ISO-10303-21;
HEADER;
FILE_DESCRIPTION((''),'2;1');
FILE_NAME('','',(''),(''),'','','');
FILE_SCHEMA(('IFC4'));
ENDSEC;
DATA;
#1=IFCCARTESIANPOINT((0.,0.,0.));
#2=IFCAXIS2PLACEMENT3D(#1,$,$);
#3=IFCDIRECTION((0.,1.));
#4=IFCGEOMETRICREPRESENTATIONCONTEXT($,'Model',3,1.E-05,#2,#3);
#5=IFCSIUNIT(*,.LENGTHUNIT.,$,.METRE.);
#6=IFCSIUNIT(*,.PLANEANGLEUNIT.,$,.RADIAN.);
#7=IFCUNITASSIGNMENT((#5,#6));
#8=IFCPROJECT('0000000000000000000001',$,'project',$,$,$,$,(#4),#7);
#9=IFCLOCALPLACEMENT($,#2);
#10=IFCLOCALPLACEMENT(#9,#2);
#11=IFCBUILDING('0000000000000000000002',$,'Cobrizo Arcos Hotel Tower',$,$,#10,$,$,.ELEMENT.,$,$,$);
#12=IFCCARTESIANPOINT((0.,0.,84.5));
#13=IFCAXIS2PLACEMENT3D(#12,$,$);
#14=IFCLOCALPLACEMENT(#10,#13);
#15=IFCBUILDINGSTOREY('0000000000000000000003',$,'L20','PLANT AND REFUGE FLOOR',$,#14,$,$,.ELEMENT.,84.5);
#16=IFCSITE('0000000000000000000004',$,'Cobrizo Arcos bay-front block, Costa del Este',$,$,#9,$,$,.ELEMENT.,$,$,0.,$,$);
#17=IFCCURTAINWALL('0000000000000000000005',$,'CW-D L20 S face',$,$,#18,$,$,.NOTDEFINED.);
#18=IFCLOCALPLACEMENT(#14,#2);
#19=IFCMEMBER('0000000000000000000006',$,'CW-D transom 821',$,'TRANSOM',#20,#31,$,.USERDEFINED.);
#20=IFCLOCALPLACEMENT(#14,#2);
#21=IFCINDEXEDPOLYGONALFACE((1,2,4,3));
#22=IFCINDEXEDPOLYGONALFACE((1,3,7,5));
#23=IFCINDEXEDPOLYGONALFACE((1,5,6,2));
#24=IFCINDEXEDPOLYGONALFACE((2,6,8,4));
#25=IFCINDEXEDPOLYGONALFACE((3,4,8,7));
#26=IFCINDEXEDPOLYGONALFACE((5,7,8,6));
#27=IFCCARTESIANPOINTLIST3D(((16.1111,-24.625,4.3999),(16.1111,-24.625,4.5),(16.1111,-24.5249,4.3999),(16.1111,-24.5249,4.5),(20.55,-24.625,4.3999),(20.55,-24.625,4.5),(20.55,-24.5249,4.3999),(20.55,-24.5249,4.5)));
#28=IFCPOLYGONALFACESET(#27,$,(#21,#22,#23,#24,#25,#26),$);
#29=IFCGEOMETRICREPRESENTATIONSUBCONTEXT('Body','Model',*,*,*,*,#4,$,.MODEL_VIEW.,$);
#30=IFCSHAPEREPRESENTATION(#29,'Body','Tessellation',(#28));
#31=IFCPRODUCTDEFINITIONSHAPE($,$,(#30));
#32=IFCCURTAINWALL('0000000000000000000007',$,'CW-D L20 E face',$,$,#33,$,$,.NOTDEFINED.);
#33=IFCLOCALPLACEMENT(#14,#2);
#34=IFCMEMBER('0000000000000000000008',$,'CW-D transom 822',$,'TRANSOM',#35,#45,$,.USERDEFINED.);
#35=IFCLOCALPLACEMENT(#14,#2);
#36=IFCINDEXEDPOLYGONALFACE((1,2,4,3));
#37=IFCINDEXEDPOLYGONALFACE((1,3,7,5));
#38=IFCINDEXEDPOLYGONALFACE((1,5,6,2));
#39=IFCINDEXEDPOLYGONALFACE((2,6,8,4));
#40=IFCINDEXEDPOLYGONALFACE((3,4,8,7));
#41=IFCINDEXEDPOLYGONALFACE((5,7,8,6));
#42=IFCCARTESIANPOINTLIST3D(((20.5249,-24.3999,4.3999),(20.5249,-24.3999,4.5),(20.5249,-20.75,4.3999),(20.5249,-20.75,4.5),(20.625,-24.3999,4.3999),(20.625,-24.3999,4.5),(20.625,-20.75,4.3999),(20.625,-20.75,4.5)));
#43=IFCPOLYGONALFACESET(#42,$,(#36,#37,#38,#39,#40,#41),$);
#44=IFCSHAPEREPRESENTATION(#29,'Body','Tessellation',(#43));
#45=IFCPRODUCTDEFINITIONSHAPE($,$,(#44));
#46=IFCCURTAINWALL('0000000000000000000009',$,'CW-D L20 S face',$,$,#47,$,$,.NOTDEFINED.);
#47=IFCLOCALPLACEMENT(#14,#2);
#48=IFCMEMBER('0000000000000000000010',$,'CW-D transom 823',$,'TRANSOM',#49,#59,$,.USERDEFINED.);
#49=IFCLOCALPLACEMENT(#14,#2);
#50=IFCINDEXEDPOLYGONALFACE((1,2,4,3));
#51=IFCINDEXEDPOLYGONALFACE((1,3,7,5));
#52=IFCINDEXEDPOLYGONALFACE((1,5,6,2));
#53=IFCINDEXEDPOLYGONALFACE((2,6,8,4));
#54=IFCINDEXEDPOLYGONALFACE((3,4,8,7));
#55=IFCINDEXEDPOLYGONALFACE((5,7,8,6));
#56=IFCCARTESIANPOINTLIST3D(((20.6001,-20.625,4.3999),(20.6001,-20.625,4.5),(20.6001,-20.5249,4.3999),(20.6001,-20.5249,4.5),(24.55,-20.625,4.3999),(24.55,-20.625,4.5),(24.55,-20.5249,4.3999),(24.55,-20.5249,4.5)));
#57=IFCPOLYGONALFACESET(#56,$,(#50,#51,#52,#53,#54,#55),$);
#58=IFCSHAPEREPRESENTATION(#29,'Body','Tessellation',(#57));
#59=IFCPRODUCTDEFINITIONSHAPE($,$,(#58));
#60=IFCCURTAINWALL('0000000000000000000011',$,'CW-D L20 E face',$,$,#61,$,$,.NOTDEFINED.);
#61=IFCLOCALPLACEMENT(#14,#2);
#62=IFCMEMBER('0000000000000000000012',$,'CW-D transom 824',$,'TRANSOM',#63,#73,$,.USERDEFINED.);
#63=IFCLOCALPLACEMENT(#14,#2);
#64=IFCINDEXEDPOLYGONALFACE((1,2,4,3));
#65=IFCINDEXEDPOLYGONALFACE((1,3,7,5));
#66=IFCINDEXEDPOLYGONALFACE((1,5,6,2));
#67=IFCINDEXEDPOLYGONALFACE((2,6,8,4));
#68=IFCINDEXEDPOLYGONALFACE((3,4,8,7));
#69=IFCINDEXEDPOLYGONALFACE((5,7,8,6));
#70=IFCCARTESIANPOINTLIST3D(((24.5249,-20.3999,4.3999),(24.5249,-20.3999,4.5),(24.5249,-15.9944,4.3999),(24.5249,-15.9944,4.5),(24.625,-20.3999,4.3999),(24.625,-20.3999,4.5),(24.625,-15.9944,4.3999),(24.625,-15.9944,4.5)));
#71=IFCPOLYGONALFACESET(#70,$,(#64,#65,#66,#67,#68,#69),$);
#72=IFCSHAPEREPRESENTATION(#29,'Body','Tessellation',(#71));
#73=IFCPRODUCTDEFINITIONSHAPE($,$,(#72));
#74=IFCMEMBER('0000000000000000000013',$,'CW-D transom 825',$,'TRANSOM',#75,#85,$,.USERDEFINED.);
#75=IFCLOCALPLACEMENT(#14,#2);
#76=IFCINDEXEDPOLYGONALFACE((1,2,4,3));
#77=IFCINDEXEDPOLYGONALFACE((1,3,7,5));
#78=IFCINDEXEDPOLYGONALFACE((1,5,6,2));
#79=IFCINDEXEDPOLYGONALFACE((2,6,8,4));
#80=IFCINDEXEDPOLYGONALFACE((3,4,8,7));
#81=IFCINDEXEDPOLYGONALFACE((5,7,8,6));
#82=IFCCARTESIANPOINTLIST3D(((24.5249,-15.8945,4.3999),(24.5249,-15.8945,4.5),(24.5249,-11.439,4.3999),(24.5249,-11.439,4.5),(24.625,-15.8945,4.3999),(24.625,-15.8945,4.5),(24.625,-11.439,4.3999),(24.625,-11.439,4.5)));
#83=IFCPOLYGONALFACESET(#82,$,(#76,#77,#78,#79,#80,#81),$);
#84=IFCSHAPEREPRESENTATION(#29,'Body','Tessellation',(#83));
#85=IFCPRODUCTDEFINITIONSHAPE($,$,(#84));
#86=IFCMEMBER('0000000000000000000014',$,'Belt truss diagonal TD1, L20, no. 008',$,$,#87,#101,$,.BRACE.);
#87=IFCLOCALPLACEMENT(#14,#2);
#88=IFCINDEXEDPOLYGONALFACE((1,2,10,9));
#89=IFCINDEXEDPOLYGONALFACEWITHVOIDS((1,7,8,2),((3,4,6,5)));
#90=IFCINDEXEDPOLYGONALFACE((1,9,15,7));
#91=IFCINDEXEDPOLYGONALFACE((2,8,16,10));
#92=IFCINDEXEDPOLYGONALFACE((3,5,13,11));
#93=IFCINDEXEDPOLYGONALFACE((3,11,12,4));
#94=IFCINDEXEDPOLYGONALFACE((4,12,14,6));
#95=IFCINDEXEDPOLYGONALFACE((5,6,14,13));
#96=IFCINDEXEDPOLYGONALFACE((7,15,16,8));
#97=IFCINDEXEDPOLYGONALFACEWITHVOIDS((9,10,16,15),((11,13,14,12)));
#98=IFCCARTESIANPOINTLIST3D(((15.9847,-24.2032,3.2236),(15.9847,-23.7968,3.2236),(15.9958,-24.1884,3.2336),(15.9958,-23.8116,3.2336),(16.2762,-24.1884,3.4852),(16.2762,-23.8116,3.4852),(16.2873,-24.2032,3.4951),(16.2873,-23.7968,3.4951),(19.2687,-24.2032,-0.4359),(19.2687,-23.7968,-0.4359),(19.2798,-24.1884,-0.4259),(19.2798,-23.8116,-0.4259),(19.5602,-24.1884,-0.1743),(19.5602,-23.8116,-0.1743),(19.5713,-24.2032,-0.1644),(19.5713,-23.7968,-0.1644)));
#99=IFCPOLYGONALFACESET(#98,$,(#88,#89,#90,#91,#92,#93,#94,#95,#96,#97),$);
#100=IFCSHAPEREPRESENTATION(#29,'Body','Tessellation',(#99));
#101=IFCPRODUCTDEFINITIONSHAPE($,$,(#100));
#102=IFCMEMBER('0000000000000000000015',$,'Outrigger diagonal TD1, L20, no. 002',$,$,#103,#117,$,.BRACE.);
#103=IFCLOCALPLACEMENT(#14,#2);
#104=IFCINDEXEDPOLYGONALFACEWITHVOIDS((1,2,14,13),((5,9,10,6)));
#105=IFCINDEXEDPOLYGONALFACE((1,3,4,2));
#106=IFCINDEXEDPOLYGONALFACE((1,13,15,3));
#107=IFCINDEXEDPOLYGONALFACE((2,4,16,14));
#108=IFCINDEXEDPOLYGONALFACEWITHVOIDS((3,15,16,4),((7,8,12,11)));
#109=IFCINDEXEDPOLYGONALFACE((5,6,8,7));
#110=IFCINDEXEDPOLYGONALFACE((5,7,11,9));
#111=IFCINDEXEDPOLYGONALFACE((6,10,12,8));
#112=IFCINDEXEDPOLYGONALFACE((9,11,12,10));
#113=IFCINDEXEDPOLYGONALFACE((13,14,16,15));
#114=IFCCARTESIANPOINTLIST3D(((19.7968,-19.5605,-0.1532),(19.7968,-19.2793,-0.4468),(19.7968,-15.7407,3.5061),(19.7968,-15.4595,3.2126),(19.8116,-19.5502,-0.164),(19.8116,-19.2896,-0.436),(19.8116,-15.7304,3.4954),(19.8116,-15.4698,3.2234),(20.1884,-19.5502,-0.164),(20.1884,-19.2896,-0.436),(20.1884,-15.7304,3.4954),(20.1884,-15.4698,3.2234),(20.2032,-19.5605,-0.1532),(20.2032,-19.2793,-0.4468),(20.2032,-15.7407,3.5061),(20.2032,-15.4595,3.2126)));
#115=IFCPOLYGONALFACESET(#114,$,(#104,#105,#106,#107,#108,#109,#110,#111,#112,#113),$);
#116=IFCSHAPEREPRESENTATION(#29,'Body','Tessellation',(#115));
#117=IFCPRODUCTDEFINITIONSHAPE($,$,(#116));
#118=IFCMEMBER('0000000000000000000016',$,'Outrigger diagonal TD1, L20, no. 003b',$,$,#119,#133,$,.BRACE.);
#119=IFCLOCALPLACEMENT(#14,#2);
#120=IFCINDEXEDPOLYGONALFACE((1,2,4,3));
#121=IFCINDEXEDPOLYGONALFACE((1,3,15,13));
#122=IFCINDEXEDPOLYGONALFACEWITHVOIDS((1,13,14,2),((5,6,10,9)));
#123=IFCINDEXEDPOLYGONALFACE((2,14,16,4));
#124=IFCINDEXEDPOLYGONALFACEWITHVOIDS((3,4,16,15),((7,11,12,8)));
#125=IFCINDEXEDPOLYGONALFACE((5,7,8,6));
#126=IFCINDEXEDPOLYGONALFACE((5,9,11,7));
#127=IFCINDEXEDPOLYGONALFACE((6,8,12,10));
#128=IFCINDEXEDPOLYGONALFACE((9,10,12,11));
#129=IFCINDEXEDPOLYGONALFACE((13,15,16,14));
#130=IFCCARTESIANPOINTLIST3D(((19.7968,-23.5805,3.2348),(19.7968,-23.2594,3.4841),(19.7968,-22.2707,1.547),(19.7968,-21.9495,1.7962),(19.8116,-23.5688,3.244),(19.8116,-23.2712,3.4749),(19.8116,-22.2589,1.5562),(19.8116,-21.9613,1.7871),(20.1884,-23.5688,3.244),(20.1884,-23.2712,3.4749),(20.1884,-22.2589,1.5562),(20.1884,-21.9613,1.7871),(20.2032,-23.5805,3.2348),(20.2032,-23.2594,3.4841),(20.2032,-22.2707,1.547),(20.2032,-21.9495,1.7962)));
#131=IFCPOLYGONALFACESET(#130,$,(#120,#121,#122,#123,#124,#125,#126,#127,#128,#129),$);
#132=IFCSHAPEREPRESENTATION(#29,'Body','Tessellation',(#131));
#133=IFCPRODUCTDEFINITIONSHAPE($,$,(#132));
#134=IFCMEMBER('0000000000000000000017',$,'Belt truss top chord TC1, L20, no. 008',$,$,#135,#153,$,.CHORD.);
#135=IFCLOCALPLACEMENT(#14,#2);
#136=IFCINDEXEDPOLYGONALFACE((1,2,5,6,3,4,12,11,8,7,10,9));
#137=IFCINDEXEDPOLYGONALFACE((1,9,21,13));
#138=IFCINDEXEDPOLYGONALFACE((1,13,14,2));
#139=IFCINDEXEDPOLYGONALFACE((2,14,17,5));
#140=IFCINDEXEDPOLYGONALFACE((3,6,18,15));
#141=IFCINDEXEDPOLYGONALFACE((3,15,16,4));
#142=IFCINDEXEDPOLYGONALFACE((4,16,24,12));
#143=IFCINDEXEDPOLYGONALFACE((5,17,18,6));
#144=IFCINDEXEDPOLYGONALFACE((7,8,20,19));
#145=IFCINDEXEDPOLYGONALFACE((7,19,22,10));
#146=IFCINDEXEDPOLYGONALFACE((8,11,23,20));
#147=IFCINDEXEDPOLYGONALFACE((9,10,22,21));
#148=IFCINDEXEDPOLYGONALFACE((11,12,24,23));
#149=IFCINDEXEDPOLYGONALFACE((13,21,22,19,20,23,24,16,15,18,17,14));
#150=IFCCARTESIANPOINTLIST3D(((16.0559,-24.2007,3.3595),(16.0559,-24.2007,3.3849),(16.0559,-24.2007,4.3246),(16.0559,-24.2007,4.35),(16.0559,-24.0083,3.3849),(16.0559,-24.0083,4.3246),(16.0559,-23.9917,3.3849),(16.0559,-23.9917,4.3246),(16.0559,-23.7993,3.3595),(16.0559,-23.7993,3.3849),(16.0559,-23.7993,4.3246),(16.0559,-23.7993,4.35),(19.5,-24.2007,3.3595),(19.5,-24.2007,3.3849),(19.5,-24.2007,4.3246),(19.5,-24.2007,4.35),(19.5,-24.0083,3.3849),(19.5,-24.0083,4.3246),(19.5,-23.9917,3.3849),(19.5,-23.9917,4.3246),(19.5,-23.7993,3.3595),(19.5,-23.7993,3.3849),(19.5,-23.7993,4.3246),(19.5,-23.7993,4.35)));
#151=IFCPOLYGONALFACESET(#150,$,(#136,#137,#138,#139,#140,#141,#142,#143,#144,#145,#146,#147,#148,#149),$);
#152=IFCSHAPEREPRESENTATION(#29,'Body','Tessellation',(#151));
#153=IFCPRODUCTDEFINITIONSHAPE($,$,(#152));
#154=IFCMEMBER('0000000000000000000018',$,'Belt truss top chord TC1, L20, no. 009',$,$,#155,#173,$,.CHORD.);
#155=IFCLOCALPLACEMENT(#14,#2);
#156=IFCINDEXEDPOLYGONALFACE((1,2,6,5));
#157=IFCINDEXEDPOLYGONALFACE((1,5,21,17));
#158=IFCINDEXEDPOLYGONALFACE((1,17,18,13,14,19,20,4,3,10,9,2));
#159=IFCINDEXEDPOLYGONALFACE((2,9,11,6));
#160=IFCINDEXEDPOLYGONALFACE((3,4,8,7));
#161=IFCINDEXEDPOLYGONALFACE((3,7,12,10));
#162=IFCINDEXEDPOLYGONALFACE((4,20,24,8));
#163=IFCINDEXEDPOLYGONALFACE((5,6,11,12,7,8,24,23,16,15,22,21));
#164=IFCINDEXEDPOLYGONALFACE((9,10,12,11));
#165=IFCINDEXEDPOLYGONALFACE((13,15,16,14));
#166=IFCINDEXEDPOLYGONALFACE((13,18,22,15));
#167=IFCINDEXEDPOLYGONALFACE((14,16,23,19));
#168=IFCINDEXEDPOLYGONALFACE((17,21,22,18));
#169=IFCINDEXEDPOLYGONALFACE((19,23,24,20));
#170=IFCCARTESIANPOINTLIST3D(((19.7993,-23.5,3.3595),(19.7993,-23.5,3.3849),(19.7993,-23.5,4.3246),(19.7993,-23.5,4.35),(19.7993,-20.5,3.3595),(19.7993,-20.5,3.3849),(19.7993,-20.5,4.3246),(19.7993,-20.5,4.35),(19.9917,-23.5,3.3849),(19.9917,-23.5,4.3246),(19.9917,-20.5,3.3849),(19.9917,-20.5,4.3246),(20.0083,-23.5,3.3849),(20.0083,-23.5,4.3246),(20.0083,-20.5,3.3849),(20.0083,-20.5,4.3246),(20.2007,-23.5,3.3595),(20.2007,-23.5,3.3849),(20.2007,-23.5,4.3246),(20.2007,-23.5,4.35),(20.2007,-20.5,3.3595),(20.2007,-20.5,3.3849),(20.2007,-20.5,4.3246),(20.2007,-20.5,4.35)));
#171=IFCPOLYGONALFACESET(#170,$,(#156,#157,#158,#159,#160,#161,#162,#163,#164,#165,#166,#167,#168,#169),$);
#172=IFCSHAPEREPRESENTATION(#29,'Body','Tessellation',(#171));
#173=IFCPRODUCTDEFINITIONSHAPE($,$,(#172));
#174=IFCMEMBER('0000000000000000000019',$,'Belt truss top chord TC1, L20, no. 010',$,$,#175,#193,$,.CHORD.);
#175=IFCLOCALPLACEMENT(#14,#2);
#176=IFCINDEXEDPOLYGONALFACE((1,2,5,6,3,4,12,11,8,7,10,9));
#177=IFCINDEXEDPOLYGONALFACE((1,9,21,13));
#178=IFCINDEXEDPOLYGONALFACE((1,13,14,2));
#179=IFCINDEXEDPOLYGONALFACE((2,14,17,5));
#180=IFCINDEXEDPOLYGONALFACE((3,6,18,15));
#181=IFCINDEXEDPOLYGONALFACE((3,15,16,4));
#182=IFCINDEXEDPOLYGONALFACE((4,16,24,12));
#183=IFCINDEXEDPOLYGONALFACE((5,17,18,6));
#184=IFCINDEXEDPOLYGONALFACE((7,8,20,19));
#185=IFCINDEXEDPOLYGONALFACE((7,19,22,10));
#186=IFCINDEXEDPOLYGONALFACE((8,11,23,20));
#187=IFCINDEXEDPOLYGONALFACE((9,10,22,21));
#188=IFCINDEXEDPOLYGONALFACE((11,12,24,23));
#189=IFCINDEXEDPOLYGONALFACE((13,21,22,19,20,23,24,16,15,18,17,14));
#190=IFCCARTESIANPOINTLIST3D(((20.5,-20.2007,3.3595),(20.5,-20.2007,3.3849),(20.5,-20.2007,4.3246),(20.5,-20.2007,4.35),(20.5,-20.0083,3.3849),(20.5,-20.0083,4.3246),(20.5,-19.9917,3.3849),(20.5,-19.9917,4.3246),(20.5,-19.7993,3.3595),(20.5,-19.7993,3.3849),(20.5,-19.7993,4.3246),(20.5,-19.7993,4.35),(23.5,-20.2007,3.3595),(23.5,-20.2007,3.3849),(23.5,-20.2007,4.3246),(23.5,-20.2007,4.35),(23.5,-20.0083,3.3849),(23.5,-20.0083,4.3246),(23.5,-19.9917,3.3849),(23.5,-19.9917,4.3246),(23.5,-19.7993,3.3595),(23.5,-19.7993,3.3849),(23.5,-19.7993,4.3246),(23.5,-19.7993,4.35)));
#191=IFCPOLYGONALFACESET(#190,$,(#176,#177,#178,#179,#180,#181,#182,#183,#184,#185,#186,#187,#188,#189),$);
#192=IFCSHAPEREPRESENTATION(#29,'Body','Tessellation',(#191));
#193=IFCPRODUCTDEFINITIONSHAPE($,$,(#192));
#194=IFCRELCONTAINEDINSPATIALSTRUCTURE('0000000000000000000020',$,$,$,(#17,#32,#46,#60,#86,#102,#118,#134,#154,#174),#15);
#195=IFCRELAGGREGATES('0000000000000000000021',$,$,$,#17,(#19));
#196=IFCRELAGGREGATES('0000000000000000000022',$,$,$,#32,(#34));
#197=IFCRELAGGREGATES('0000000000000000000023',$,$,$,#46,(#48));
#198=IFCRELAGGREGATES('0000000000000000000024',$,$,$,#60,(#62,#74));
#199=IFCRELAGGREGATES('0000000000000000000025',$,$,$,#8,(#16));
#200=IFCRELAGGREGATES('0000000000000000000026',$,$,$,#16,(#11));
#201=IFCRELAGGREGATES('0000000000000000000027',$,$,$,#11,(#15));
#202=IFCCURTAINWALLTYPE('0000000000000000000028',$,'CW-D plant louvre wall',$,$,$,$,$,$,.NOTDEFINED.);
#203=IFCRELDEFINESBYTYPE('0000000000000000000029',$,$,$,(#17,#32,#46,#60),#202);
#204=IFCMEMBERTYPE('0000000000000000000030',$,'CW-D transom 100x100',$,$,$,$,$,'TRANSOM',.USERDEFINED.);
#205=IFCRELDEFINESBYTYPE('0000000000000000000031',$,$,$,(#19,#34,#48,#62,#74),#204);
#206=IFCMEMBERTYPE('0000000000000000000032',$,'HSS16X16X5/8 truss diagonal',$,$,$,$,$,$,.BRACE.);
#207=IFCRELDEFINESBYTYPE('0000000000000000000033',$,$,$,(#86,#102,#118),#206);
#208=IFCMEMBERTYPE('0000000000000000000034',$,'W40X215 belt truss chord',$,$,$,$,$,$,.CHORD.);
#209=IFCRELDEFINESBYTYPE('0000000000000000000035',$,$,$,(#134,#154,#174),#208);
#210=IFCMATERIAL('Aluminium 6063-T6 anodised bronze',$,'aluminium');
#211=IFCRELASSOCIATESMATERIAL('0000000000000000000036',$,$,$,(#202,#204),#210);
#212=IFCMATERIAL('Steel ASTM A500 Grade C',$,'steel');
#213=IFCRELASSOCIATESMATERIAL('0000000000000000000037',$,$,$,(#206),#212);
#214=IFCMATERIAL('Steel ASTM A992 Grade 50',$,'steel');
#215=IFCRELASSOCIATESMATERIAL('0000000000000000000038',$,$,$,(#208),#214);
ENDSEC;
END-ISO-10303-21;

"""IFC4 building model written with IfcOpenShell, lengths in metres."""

from ifc_helpers import new_model, si_unit, direction, frame, origin, origin_2d, place, context, subcontext, project, spatial, rectangle, hollow_rectangle, i_section, extrude, material, material_profile, profile_set, type_object, element, aggregate, save


model = new_model("IFC4")

# Units and contexts
model_context = context("Model", 3, precision=1e-05, world=origin(), true_north=direction((0.0, 1.0)))
body_context = subcontext(model_context, "Body", "Model", "MODEL_VIEW")
ifc_project = project(units=[si_unit("LENGTHUNIT", "METRE"), si_unit("PLANEANGLEUNIT", "RADIAN")], contexts=[model_context])

# Site, building, storey
site_placement = place(None, origin())
site = spatial("IfcSite", under=ifc_project, at=site_placement, Name="Cobrizo Arcos bay-front block, Costa del Este", CompositionType="ELEMENT", RefElevation=0.0)
building_placement = place(site_placement, origin())
building = spatial("IfcBuilding", under=site, at=building_placement, Name="Cobrizo Arcos Hotel Tower", CompositionType="ELEMENT")
storey_placement = place(building_placement, frame((0.0, 0.0, 84.5)))
storey = spatial("IfcBuildingStorey", under=building, at=storey_placement, Name="L20", Description="PLANT AND REFUGE FLOOR", CompositionType="ELEMENT", Elevation=84.5)

# Curtain walls, members
ifc_material_1 = material(Name="Aluminium 6063-T6 anodised bronze", Category="aluminium")
curtain_wall_type = type_object("IfcCurtainWallType", Name="CW-D plant louvre wall", PredefinedType="NOTDEFINED", material=ifc_material_1)
curtain_wall_1_placement = place(storey_placement, origin())
curtain_wall_1 = element("IfcCurtainWall", 1, at=curtain_wall_1_placement, inside=storey, type_object=curtain_wall_type, Name="CW-D L20 S face", PredefinedType="NOTDEFINED")
ifc_material_profile_1 = material_profile(ifc_material_1, rectangle(XDim=0.1001, YDim=0.1001, at=origin_2d()), Name="CW-D transom 100x100")
ifc_profile_set_1 = profile_set([ifc_material_profile_1], Name="Aluminium 6063-T6 anodised bronze")
member_type_1 = type_object("IfcMemberType", Name="CW-D transom 100x100", ElementType="TRANSOM", PredefinedType="USERDEFINED", material=ifc_profile_set_1)
member_1_placement = place(storey_placement, frame((16.1111, -24.575, 4.45), z_axis=(1.0, 0.0, 0.0), x_axis=(0.0, 1.0, 0.0)))
member_1 = element("IfcMember", 2, at=member_1_placement, type_object=member_type_1, Name="CW-D transom 821", ObjectType="TRANSOM", PredefinedType="USERDEFINED", context=body_context, shape_type="SweptSolid", body=[
    extrude(rectangle(XDim=0.1001, YDim=0.1001, at=origin_2d()), origin(), (0.0, 0.0, 1.0), 4.439),
])
aggregate(curtain_wall_1, [member_1])
curtain_wall_2_placement = place(storey_placement, origin())
curtain_wall_2 = element("IfcCurtainWall", 3, at=curtain_wall_2_placement, inside=storey, type_object=curtain_wall_type, Name="CW-D L20 E face", PredefinedType="NOTDEFINED")
member_2_placement = place(storey_placement, frame((20.575, -24.3999, 4.45), z_axis=(0.0, 1.0, 0.0), x_axis=(-1.0, 0.0, 0.0)))
member_2 = element("IfcMember", 4, at=member_2_placement, type_object=member_type_1, Name="CW-D transom 822", ObjectType="TRANSOM", PredefinedType="USERDEFINED", context=body_context, shape_type="SweptSolid", body=[
    extrude(rectangle(XDim=0.1001, YDim=0.1001, at=origin_2d()), origin(), (0.0, 0.0, 1.0), 3.6499),
])
aggregate(curtain_wall_2, [member_2])
curtain_wall_3_placement = place(storey_placement, origin())
curtain_wall_3 = element("IfcCurtainWall", 5, at=curtain_wall_3_placement, inside=storey, type_object=curtain_wall_type, Name="CW-D L20 S face", PredefinedType="NOTDEFINED")
member_3_placement = place(storey_placement, frame((20.6001, -20.575, 4.45), z_axis=(1.0, 0.0, 0.0), x_axis=(0.0, 1.0, 0.0)))
member_3 = element("IfcMember", 6, at=member_3_placement, type_object=member_type_1, Name="CW-D transom 823", ObjectType="TRANSOM", PredefinedType="USERDEFINED", context=body_context, shape_type="SweptSolid", body=[
    extrude(rectangle(XDim=0.1001, YDim=0.1001, at=origin_2d()), origin(), (0.0, 0.0, 1.0), 3.95),
])
aggregate(curtain_wall_3, [member_3])

# Curtain wall, members
curtain_wall_4_placement = place(storey_placement, origin())
curtain_wall_4 = element("IfcCurtainWall", 7, at=curtain_wall_4_placement, inside=storey, type_object=curtain_wall_type, Name="CW-D L20 E face", PredefinedType="NOTDEFINED")
member_4_placement = place(storey_placement, frame((24.575, -20.3999, 4.45), z_axis=(0.0, 1.0, 0.0), x_axis=(-1.0, 0.0, 0.0)))
member_4 = element("IfcMember", 8, at=member_4_placement, type_object=member_type_1, Name="CW-D transom 824", ObjectType="TRANSOM", PredefinedType="USERDEFINED", context=body_context, shape_type="SweptSolid", body=[
    extrude(rectangle(XDim=0.1001, YDim=0.1001, at=origin_2d()), origin(), (0.0, 0.0, 1.0), 4.4055),
])
member_5_placement = place(storey_placement, frame((24.575, -15.8945, 4.45), z_axis=(0.0, 1.0, 0.0), x_axis=(-1.0, 0.0, 0.0)))
member_5 = element("IfcMember", 9, at=member_5_placement, type_object=member_type_1, Name="CW-D transom 825", ObjectType="TRANSOM", PredefinedType="USERDEFINED", context=body_context, shape_type="SweptSolid", body=[
    extrude(rectangle(XDim=0.1001, YDim=0.1001, at=origin_2d()), origin(), (0.0, 0.0, 1.0), 4.4556),
])
aggregate(curtain_wall_4, [member_4, member_5])

# Members
ifc_material_2 = material(Name="Steel ASTM A500 Grade C", Category="steel")
ifc_material_profile_2 = material_profile(ifc_material_2, hollow_rectangle(XDim=0.4065, YDim=0.4065, WallThickness=0.0149, at=origin_2d()), Name="HSS16X16X5/8")
ifc_profile_set_2 = profile_set([ifc_material_profile_2], Name="Steel ASTM A500 Grade C")
member_type_2 = type_object("IfcMemberType", Name="HSS16X16X5/8 truss diagonal", PredefinedType="BRACE", material=ifc_profile_set_2)
member_6_placement = place(storey_placement, frame((16.136, -24.0, 3.3594), z_axis=(0.667891, 0.0, -0.744259), x_axis=(0.0, 1.0, 0.0)))
element("IfcMember", 10, at=member_6_placement, inside=storey, type_object=member_type_2, Name="Belt truss diagonal TD1, L20, no. 008", PredefinedType="BRACE", context=body_context, shape_type="SweptSolid", body=[
    extrude(hollow_rectangle(XDim=0.4065, YDim=0.4065, WallThickness=0.0149, at=origin_2d()), origin(), (0.0, 0.0, 1.0), 4.917),
])
member_7_placement = place(storey_placement, frame((20.0, -15.6001, 3.3594), z_axis=(0.0, -0.722105, -0.691783), x_axis=(1.0, 0.0, 0.0)))
element("IfcMember", 11, at=member_7_placement, inside=storey, type_object=member_type_2, Name="Outrigger diagonal TD1, L20, no. 002", PredefinedType="BRACE", context=body_context, shape_type="SweptSolid", body=[
    extrude(hollow_rectangle(XDim=0.4065, YDim=0.4065, WallThickness=0.0149, at=origin_2d()), origin(), (0.0, 0.0, 1.0), 5.2898),
])
member_8_placement = place(storey_placement, frame((20.0, -22.1101, 1.6716), z_axis=(0.0, -0.613102, 0.790004), x_axis=(1.0, 0.0, 0.0)))
element("IfcMember", 12, at=member_8_placement, inside=storey, type_object=member_type_2, Name="Outrigger diagonal TD1, L20, no. 003b", PredefinedType="BRACE", context=body_context, shape_type="SweptSolid", body=[
    extrude(hollow_rectangle(XDim=0.4065, YDim=0.4065, WallThickness=0.0149, at=origin_2d()), origin(), (0.0, 0.0, 1.0), 2.1365),
])
ifc_material_3 = material(Name="Steel ASTM A992 Grade 50", Category="steel")
ifc_material_profile_3 = material_profile(ifc_material_3, i_section(OverallWidth=0.4014, OverallDepth=0.9905, WebThickness=0.0166, FlangeThickness=0.0254, at=origin_2d()), Name="W40X215")
ifc_profile_set_3 = profile_set([ifc_material_profile_3], Name="Steel ASTM A992 Grade 50")
member_type_3 = type_object("IfcMemberType", Name="W40X215 belt truss chord", PredefinedType="CHORD", material=ifc_profile_set_3)
member_9_placement = place(storey_placement, frame((16.0559, -24.0, 3.8547), z_axis=(1.0, 0.0, 0.0), x_axis=(0.0, 1.0, 0.0)))
element("IfcMember", 13, at=member_9_placement, inside=storey, type_object=member_type_3, Name="Belt truss top chord TC1, L20, no. 008", PredefinedType="CHORD", context=body_context, shape_type="SweptSolid", body=[
    extrude(i_section(OverallWidth=0.4014, OverallDepth=0.9905, WebThickness=0.0166, FlangeThickness=0.0254, at=origin_2d()), origin(), (0.0, 0.0, 1.0), 3.4441),
])
for number, where, z_axis, x_axis, name in (
    (14, (20.0, -23.5, 3.8547), (0.0, 1.0, 0.0), (-1.0, 0.0, 0.0), "Belt truss top chord TC1, L20, no. 009"),
    (15, (20.5, -20.0, 3.8547), (1.0, 0.0, 0.0), (0.0, 1.0, 0.0), "Belt truss top chord TC1, L20, no. 010"),
):
    element("IfcMember", number, at=place(storey_placement, frame(where, z_axis=z_axis, x_axis=x_axis)), inside=storey, type_object=member_type_3, Name=name, PredefinedType="CHORD", context=body_context, shape_type="SweptSolid", body=[
        extrude(i_section(OverallWidth=0.4014, OverallDepth=0.9905, WebThickness=0.0166, FlangeThickness=0.0254, at=origin_2d()), origin(), (0.0, 0.0, 1.0), 3.0),
    ])

save(model, "model.ifc")
